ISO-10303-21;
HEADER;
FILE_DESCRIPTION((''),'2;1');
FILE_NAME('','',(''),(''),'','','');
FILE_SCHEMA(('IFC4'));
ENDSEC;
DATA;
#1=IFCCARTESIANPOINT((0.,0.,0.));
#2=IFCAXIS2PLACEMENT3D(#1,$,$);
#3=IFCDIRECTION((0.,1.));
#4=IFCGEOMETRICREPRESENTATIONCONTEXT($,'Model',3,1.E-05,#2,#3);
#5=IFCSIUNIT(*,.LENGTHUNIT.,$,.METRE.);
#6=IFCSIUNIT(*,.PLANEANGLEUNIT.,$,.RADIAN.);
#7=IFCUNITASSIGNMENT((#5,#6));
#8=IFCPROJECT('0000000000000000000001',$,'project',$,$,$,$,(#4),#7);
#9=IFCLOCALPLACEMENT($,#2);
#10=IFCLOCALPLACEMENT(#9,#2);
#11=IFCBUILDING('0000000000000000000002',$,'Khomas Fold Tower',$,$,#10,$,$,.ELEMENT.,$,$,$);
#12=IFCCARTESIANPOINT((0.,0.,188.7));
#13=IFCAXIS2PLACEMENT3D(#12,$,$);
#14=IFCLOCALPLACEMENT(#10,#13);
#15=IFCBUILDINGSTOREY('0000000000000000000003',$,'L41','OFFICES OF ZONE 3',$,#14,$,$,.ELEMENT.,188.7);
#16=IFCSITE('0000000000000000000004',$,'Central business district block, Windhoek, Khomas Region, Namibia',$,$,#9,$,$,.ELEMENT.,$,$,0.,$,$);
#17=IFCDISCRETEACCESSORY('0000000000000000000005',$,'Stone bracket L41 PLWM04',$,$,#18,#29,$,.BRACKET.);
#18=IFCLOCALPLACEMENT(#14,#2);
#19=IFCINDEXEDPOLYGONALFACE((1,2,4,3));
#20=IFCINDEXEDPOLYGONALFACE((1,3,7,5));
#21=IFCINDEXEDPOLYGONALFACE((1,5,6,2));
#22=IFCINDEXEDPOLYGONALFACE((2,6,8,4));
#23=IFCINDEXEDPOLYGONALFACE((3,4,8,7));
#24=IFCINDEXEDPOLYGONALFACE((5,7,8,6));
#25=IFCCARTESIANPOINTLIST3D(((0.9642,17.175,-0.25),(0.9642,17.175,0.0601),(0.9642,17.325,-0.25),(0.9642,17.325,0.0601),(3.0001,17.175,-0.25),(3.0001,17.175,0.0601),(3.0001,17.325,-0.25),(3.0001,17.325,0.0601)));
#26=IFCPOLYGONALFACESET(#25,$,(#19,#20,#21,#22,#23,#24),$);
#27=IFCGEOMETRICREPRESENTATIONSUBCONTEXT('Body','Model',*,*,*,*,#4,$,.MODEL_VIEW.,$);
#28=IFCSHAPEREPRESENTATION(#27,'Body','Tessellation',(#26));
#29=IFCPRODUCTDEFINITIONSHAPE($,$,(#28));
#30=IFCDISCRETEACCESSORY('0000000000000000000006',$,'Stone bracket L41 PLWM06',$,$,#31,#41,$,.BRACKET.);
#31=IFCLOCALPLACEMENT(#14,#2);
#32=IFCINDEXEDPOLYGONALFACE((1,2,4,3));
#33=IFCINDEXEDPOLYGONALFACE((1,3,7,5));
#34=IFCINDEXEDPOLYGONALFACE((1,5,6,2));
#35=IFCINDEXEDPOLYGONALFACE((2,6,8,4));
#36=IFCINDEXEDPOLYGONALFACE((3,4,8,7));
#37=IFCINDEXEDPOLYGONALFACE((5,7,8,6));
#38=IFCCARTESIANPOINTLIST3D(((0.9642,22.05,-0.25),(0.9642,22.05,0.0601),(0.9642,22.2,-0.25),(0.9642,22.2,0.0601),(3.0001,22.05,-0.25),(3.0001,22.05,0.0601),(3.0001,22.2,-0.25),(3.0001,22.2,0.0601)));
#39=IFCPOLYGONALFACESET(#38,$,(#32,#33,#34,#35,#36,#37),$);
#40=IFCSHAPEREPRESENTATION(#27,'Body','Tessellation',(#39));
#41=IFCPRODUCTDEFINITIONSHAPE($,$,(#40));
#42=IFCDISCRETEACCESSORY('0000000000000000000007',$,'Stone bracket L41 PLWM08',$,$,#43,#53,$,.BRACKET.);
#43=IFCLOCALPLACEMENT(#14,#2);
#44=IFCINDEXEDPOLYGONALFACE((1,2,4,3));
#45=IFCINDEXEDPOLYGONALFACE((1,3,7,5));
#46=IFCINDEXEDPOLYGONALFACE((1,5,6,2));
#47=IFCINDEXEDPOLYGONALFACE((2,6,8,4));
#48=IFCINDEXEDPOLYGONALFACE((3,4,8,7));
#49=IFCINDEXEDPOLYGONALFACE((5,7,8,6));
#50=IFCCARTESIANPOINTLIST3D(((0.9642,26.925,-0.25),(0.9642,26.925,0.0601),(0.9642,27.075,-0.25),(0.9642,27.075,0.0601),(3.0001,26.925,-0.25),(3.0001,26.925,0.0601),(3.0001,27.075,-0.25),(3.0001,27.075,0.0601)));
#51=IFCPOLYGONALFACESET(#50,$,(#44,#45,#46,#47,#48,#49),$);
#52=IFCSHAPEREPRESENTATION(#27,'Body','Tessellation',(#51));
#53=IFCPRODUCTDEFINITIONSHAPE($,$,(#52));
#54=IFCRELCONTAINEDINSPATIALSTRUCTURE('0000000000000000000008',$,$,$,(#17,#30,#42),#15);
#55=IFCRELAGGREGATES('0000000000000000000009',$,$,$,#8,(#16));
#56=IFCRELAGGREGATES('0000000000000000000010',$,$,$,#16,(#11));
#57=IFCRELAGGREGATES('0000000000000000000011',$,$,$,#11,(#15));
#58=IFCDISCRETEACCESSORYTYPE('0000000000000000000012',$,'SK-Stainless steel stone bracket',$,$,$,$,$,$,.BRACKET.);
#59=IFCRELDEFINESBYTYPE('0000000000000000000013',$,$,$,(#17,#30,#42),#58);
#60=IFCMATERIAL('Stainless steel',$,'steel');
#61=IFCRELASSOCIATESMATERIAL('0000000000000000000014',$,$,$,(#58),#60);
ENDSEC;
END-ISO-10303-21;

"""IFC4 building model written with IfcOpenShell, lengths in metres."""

from ifc_helpers import new_model, si_unit, direction, frame, origin, origin_2d, place, context, subcontext, project, spatial, rectangle, extrude, source, transform, mapped, material, type_object, element, save


model = new_model("IFC4")

# Units and contexts
model_context = context("Model", 3, precision=1e-05, world=origin(), true_north=direction((0.0, 1.0)))
body_context = subcontext(model_context, "Body", "Model", "MODEL_VIEW")
ifc_project = project(units=[si_unit("LENGTHUNIT", "METRE"), si_unit("PLANEANGLEUNIT", "RADIAN")], contexts=[model_context])

# Site, building, storey
site_placement = place(None, origin())
site = spatial("IfcSite", under=ifc_project, at=site_placement, Name="Central business district block, Windhoek, Khomas Region, Namibia", CompositionType="ELEMENT", RefElevation=0.0)
building_placement = place(site_placement, origin())
building = spatial("IfcBuilding", under=site, at=building_placement, Name="Khomas Fold Tower", CompositionType="ELEMENT")
storey_placement = place(building_placement, frame((0.0, 0.0, 188.7)))
storey = spatial("IfcBuildingStorey", under=building, at=storey_placement, Name="L41", Description="OFFICES OF ZONE 3", CompositionType="ELEMENT", Elevation=188.7)

# Discrete accessories
ifc_material_1 = material(Name="Stainless steel", Category="steel")
discrete_accessory_type = type_object("IfcDiscreteAccessoryType", Name="SK-Stainless steel stone bracket", PredefinedType="BRACKET", material=ifc_material_1)
shared_shape_1 = source(origin(), body_context, "Body", "SweptSolid", [
    extrude(rectangle(XDim=2.0359, YDim=0.1499, at=origin_2d()), origin(), (0.0, 0.0, 1.0), 0.3101),
])
for number, where, z_axis, x_axis, name in (
    (1, (1.9822, 17.25, -0.25), (0.0, 0.0, 1.0), (-1.0, 0.0, 0.0), "Stone bracket L41 PLWM04"),
    (2, (1.9822, 22.125, -0.25), (0.0, 0.0, 1.0), (-1.0, 0.0, 0.0), "Stone bracket L41 PLWM06"),
    (3, (1.9822, 27.0, -0.25), (0.0, 0.0, 1.0), (-1.0, 0.0, 0.0), "Stone bracket L41 PLWM08"),
):
    element("IfcDiscreteAccessory", number, at=place(storey_placement, frame(where, z_axis=z_axis, x_axis=x_axis)), inside=storey, type_object=discrete_accessory_type, Name=name, PredefinedType="BRACKET", context=body_context, shape_type="MappedRepresentation", body=[
        mapped(shared_shape_1, transform((0.0, 0.0, 0.0))),
    ])

save(model, "model.ifc")
